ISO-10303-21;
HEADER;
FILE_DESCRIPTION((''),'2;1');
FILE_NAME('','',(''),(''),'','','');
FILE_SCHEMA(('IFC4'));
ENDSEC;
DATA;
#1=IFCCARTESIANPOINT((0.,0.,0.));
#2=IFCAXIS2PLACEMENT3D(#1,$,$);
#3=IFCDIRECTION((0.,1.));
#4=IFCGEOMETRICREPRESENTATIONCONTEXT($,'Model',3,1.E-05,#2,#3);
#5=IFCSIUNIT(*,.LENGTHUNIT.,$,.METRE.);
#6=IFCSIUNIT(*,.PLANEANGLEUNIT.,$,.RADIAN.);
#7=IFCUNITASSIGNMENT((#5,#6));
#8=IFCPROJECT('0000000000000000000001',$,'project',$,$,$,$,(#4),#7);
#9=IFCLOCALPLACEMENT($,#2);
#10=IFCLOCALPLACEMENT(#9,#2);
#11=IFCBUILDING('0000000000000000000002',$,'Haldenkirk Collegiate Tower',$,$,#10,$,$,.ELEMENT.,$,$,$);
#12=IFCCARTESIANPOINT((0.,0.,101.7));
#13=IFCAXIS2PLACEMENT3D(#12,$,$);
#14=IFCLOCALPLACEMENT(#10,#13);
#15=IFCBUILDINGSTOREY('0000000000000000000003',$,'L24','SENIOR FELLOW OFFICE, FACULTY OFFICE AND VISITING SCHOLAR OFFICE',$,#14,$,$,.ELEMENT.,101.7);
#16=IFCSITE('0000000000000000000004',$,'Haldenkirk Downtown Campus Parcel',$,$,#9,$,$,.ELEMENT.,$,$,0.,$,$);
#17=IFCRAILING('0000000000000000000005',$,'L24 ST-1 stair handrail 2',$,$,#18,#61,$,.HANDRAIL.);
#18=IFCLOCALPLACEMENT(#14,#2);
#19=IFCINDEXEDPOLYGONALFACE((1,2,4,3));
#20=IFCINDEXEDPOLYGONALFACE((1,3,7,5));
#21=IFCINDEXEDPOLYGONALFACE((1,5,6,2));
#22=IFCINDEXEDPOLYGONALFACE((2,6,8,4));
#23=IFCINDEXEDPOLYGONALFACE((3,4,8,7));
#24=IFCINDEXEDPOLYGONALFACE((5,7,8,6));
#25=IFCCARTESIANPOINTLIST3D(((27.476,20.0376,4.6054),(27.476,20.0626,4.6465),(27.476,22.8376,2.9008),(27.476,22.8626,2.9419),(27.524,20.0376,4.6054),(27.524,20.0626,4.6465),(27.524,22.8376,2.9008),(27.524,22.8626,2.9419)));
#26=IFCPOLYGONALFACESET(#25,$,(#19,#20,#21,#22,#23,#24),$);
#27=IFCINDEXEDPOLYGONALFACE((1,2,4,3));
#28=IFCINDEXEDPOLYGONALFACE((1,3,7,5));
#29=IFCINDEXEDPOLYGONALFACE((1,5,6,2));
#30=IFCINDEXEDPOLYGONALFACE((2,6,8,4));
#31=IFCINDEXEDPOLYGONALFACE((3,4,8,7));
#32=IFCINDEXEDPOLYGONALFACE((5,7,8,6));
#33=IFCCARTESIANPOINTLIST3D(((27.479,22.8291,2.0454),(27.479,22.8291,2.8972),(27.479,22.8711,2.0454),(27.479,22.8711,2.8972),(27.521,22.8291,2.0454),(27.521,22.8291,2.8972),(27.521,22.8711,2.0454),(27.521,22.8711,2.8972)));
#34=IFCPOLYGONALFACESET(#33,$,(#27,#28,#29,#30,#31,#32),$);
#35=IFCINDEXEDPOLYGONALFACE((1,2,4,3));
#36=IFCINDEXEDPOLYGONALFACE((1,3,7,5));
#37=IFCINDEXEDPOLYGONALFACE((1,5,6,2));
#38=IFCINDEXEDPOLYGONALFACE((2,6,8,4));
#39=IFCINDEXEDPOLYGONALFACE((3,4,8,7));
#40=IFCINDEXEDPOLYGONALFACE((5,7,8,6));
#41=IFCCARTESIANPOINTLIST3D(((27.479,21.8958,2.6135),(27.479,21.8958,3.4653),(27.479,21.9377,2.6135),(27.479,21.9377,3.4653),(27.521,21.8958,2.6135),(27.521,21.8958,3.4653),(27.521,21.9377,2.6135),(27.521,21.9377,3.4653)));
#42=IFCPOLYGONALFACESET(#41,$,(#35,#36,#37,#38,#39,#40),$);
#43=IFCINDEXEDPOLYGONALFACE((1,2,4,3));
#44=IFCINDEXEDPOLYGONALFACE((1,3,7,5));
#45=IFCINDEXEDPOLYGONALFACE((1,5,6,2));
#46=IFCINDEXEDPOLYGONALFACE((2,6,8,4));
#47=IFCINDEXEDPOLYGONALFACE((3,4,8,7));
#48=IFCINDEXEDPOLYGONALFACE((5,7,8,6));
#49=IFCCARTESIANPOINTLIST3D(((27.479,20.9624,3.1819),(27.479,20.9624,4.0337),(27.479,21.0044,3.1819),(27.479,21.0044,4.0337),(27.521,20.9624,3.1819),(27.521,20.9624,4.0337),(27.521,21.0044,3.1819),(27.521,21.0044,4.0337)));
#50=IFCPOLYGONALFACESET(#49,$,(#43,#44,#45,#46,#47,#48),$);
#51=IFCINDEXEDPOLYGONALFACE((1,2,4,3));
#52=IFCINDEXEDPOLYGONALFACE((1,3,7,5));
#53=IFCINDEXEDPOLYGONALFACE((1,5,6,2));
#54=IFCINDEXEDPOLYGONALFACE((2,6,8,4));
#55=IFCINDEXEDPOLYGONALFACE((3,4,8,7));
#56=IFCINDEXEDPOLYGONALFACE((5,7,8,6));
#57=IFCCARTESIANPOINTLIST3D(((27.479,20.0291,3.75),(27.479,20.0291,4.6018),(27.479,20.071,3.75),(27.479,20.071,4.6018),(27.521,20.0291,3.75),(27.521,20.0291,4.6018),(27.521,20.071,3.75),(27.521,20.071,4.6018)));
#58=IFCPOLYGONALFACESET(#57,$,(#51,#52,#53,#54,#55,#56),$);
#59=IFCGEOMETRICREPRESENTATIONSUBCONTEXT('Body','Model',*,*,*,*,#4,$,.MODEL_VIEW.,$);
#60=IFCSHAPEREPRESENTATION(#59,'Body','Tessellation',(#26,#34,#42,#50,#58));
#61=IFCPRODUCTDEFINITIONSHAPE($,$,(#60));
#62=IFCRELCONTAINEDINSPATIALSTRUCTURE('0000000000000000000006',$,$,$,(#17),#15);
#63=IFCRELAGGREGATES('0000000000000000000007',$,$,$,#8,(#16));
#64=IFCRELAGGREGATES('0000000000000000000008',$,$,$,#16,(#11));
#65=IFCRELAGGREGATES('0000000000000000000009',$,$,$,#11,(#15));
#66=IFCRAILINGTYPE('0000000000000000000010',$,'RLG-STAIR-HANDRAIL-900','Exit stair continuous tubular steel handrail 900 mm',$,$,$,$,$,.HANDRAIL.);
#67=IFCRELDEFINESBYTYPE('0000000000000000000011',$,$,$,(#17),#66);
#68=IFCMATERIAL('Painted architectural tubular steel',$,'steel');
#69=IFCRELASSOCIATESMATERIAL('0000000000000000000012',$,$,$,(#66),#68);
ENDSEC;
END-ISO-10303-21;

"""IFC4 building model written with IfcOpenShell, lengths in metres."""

from ifc_helpers import new_model, si_unit, direction, frame, origin, origin_2d, place, context, subcontext, project, spatial, rectangle, extrude, material, type_object, element, save


model = new_model("IFC4")

# Units and contexts
model_context = context("Model", 3, precision=1e-05, world=origin(), true_north=direction((0.0, 1.0)))
body_context = subcontext(model_context, "Body", "Model", "MODEL_VIEW")
ifc_project = project(units=[si_unit("LENGTHUNIT", "METRE"), si_unit("PLANEANGLEUNIT", "RADIAN")], contexts=[model_context])

# Site, building, storey
site_placement = place(None, origin())
site = spatial("IfcSite", under=ifc_project, at=site_placement, Name="Haldenkirk Downtown Campus Parcel", CompositionType="ELEMENT", RefElevation=0.0)
building_placement = place(site_placement, origin())
building = spatial("IfcBuilding", under=site, at=building_placement, Name="Haldenkirk Collegiate Tower", CompositionType="ELEMENT")
storey_placement = place(building_placement, frame((0.0, 0.0, 101.7)))
storey = spatial("IfcBuildingStorey", under=building, at=storey_placement, Name="L24", Description="SENIOR FELLOW OFFICE, FACULTY OFFICE AND VISITING SCHOLAR OFFICE", CompositionType="ELEMENT", Elevation=101.7)

# Railing
ifc_material_1 = material(Name="Painted architectural tubular steel", Category="steel")
railing_type_1 = type_object("IfcRailingType", Name="RLG-STAIR-HANDRAIL-900", Description="Exit stair continuous tubular steel handrail 900 mm", PredefinedType="HANDRAIL", material=ifc_material_1)
railing_1_placement = place(storey_placement, frame((27.5, 22.8501, 2.0454)))
element("IfcRailing", 1, at=railing_1_placement, inside=storey, type_object=railing_type_1, Name="L24 ST-1 stair handrail 2", PredefinedType="HANDRAIL", context=body_context, shape_type="SweptSolid", body=[
    extrude(rectangle(XDim=0.0481, YDim=0.0481, at=origin_2d()), frame((0.0, 0.0, 0.876), z_axis=(0.0, -0.85417, 0.519994), x_axis=(1.0, 0.0, 0.0)), (0.0, 0.0, 1.0), 3.2781),
    extrude(rectangle(XDim=0.042, YDim=0.042, at=origin_2d()), origin(), (0.0, 0.0, 1.0), 0.8518),
    extrude(rectangle(XDim=0.042, YDim=0.042, at=origin_2d()), frame((0.0, -0.9333, 0.5681)), (0.0, 0.0, 1.0), 0.8518),
    extrude(rectangle(XDim=0.042, YDim=0.042, at=origin_2d()), frame((0.0, -1.8667, 1.1365)), (0.0, 0.0, 1.0), 0.8518),
    extrude(rectangle(XDim=0.042, YDim=0.042, at=origin_2d()), frame((0.0, -2.8, 1.7046)), (0.0, 0.0, 1.0), 0.8518),
])

save(model, "model.ifc")
